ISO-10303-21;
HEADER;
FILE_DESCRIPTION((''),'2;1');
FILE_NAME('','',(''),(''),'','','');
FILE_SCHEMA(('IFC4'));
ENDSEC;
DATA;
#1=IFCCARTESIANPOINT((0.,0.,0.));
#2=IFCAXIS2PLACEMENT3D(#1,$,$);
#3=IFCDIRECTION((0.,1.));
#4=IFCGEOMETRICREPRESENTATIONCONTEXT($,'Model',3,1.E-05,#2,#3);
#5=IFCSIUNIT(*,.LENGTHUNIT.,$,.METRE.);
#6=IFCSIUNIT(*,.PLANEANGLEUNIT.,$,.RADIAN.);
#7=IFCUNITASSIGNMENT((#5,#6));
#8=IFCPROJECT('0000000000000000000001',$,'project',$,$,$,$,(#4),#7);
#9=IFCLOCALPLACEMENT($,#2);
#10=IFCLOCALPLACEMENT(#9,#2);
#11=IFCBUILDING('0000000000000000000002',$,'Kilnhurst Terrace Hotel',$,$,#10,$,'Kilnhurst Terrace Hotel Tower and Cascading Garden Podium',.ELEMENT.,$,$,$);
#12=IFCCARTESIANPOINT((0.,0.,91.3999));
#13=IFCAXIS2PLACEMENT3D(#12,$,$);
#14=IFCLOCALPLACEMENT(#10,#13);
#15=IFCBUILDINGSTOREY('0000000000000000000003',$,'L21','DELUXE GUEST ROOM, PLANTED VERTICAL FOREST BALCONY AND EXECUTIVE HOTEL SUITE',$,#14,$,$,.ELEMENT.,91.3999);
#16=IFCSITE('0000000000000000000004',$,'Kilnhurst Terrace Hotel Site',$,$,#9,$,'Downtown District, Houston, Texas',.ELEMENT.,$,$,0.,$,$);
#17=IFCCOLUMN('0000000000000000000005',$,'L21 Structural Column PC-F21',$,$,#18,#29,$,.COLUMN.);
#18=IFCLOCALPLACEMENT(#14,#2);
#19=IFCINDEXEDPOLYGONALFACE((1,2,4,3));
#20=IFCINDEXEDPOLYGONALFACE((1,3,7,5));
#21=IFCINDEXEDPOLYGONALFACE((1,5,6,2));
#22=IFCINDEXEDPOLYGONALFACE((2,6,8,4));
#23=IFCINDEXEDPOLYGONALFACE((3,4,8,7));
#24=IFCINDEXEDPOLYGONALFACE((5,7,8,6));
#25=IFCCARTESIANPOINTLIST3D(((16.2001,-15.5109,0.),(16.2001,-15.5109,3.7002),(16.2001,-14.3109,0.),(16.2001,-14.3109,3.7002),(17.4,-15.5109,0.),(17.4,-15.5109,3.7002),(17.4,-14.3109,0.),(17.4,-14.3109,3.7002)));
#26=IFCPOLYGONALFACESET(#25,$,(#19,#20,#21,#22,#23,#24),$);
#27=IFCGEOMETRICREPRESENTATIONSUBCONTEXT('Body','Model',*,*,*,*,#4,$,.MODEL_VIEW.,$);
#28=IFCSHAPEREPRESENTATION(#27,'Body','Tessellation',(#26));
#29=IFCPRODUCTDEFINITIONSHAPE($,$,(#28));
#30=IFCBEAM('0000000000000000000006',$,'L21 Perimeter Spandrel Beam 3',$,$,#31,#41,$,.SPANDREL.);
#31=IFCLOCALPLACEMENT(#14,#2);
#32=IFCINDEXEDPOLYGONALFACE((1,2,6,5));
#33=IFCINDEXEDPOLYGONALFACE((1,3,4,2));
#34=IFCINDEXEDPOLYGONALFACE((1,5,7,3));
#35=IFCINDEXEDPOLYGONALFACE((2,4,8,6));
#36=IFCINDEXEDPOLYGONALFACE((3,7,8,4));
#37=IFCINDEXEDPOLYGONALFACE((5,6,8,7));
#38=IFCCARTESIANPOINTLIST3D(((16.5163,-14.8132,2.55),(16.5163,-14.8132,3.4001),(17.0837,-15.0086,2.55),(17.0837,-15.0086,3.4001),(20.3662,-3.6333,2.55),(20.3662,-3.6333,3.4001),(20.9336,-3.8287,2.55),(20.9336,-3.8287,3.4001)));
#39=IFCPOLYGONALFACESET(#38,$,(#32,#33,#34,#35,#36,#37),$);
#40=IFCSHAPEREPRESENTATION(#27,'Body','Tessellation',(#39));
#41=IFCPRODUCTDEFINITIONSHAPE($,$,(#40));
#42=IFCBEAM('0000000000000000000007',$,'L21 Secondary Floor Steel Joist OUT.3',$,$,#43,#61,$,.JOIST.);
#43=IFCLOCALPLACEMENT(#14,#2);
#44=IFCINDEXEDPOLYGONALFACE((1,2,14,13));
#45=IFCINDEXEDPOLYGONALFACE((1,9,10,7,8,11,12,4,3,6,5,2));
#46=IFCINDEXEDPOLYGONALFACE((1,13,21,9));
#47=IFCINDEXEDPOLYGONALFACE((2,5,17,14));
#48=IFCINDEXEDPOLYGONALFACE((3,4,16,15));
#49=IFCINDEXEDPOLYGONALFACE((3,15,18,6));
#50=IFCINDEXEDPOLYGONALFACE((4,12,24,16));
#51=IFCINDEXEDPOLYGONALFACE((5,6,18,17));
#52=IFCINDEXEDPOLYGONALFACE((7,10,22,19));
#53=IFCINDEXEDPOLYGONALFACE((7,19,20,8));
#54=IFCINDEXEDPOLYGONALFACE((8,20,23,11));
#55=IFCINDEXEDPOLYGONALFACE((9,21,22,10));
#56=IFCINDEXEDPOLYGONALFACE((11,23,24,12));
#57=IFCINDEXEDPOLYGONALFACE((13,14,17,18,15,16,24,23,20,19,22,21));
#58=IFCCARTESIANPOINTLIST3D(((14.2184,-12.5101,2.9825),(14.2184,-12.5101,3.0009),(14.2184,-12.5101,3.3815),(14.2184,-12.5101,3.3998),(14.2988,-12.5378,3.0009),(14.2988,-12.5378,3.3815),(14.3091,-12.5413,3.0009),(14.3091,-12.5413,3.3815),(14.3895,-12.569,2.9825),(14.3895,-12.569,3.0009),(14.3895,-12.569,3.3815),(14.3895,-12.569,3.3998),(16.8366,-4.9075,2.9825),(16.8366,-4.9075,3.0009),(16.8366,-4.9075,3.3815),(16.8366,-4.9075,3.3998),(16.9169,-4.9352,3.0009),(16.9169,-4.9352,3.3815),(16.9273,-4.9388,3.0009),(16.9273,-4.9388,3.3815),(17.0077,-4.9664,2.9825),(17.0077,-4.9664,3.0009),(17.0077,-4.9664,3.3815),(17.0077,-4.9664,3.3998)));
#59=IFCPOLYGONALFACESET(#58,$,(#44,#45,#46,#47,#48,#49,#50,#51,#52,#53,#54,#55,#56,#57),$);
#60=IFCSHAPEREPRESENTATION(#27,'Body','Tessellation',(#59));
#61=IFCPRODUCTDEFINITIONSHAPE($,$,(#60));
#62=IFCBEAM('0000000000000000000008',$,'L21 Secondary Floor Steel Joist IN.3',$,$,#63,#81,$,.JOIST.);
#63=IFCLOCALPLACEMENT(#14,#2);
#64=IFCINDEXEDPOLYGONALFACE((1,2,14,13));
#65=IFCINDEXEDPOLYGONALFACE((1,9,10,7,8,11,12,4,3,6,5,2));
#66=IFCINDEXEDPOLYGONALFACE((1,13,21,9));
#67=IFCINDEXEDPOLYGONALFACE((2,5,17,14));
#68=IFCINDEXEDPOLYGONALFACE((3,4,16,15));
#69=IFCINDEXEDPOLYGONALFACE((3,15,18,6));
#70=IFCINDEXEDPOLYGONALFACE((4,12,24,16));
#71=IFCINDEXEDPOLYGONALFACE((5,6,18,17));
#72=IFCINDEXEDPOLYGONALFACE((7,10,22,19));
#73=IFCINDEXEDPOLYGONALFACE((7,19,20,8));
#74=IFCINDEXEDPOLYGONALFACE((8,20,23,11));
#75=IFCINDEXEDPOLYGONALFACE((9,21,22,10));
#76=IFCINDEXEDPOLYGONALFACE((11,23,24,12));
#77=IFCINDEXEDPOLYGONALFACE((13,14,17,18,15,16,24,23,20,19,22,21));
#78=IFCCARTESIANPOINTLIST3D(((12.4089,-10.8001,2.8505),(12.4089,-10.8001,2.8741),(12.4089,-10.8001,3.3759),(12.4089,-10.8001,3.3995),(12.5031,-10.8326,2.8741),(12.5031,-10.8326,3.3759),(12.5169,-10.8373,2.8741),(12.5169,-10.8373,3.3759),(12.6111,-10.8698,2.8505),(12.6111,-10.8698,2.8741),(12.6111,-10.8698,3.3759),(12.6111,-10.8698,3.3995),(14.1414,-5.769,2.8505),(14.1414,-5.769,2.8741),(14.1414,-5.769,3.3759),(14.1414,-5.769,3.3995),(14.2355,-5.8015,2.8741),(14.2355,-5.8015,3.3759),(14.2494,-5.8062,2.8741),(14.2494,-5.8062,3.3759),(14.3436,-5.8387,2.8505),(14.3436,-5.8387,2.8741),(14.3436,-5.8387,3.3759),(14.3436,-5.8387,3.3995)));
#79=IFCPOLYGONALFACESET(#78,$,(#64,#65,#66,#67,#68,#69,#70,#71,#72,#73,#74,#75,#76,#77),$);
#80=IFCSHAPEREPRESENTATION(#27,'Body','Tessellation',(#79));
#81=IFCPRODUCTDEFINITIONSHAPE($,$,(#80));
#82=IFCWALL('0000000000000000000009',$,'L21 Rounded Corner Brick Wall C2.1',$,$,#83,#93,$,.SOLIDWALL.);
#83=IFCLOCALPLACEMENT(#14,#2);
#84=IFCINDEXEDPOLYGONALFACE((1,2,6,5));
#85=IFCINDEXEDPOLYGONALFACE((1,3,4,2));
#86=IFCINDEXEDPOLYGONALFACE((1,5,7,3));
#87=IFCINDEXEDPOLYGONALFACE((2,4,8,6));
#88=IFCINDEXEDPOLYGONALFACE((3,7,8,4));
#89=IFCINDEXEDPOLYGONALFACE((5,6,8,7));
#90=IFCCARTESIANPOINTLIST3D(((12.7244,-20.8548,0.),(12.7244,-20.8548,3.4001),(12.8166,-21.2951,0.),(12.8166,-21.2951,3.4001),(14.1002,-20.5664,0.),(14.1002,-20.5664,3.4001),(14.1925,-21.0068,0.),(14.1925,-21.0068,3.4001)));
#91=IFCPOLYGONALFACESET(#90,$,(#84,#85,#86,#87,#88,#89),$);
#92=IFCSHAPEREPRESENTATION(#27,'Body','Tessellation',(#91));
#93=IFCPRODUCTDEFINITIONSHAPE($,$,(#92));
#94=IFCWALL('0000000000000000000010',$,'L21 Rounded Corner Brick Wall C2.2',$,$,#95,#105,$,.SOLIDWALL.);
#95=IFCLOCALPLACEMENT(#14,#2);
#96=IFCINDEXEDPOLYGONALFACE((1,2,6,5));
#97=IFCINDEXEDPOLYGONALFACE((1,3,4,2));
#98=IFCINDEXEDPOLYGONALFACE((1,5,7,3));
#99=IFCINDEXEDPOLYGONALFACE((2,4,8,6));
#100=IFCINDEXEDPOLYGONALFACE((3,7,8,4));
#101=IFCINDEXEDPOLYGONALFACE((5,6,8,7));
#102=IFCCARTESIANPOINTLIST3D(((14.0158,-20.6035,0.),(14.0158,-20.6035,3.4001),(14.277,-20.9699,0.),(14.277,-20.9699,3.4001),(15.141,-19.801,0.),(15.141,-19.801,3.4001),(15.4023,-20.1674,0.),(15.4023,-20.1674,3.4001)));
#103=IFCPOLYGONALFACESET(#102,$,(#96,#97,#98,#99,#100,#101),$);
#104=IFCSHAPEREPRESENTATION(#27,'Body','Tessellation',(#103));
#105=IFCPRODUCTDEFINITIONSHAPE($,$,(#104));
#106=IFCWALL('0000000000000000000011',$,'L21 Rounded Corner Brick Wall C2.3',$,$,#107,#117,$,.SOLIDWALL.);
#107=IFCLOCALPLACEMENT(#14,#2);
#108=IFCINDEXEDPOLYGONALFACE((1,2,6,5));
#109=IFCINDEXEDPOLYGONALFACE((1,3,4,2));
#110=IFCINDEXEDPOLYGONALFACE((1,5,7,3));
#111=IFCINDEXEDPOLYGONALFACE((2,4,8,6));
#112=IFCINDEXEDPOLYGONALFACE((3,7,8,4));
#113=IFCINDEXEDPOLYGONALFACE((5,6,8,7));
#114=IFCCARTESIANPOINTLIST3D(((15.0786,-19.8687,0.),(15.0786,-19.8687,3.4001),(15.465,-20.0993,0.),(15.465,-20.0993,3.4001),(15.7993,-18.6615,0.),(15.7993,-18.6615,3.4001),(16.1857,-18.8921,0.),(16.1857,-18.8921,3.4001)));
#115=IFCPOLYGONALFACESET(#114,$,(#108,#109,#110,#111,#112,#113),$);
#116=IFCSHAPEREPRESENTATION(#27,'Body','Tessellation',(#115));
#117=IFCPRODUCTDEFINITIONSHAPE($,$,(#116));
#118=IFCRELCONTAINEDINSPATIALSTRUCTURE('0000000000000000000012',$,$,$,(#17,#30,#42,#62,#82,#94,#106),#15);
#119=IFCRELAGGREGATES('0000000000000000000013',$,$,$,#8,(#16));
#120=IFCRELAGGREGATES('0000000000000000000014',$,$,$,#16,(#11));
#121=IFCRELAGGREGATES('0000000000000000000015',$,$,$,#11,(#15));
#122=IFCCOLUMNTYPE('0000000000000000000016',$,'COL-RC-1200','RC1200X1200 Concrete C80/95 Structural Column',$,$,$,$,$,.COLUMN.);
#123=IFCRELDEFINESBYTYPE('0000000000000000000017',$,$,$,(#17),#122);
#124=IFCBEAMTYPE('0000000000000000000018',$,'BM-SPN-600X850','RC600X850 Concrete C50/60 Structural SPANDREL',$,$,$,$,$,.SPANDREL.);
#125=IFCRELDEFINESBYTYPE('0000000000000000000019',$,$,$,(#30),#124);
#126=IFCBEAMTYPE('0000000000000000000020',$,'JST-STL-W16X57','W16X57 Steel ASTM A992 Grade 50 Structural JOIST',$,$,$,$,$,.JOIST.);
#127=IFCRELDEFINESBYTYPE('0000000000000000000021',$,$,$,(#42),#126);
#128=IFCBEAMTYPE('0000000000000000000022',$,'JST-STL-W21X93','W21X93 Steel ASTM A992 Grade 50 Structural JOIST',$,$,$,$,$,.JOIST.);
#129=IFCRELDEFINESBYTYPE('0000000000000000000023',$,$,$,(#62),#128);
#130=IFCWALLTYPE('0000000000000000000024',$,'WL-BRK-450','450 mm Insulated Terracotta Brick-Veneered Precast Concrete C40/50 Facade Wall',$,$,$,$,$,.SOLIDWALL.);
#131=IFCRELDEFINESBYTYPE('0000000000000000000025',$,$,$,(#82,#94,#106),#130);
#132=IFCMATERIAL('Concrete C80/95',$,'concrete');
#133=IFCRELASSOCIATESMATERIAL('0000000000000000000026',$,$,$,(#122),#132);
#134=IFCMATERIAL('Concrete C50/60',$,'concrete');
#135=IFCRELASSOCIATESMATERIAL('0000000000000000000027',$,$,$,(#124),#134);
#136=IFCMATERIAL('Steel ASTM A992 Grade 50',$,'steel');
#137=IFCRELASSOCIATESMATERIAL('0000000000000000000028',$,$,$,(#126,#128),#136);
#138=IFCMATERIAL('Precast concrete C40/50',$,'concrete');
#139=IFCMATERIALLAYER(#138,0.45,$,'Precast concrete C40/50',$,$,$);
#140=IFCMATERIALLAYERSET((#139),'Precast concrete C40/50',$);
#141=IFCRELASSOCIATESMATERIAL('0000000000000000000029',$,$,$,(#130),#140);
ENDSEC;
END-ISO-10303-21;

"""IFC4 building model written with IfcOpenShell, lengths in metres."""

from ifc_helpers import new_model, si_unit, direction, frame, frame_2d, origin, origin_2d, place, context, subcontext, project, spatial, rectangle, i_section, extrude, material, layer, layer_set, material_profile, profile_set, type_object, element, save


model = new_model("IFC4")

# Units and contexts
model_context = context("Model", 3, precision=1e-05, world=origin(), true_north=direction((0.0, 1.0)))
body_context = subcontext(model_context, "Body", "Model", "MODEL_VIEW")
ifc_project = project(units=[si_unit("LENGTHUNIT", "METRE"), si_unit("PLANEANGLEUNIT", "RADIAN")], contexts=[model_context])

# Site, building, storey
site_placement = place(None, origin())
site = spatial("IfcSite", under=ifc_project, at=site_placement, Name="Kilnhurst Terrace Hotel Site", LongName="Downtown District, Houston, Texas", CompositionType="ELEMENT", RefElevation=0.0)
building_placement = place(site_placement, origin())
building = spatial("IfcBuilding", under=site, at=building_placement, Name="Kilnhurst Terrace Hotel", LongName="Kilnhurst Terrace Hotel Tower and Cascading Garden Podium", CompositionType="ELEMENT")
storey_placement = place(building_placement, frame((0.0, 0.0, 91.3999)))
storey = spatial("IfcBuildingStorey", under=building, at=storey_placement, Name="L21", Description="DELUXE GUEST ROOM, PLANTED VERTICAL FOREST BALCONY AND EXECUTIVE HOTEL SUITE", CompositionType="ELEMENT", Elevation=91.3999)

# Column
ifc_material_1 = material(Name="Concrete C80/95", Category="concrete")
ifc_material_profile_1 = material_profile(ifc_material_1, rectangle(XDim=1.2, YDim=1.2, at=origin_2d()), Name="RC1200X1200")
ifc_profile_set_1 = profile_set([ifc_material_profile_1], Name="Concrete C80/95")
column_type = type_object("IfcColumnType", Name="COL-RC-1200", Description="RC1200X1200 Concrete C80/95 Structural Column", PredefinedType="COLUMN", material=ifc_profile_set_1)
column_placement = place(storey_placement, frame((16.8, -14.9109, 0.0), z_axis=(0.0, 0.0, 1.0), x_axis=(1.0, 0.0, 0.0)))
element("IfcColumn", 1, at=column_placement, inside=storey, type_object=column_type, Name="L21 Structural Column PC-F21", PredefinedType="COLUMN", context=body_context, shape_type="SweptSolid", body=[
    extrude(rectangle(XDim=1.2, YDim=1.2, at=origin_2d()), origin(), (0.0, 0.0, 1.0), 3.7002),
])

# Beams
ifc_material_2 = material(Name="Concrete C50/60", Category="concrete")
ifc_material_profile_2 = material_profile(ifc_material_2, rectangle(XDim=0.6001, YDim=0.8501, at=origin_2d()), Name="RC600X850")
ifc_profile_set_2 = profile_set([ifc_material_profile_2], Name="Concrete C50/60")
beam_type_1 = type_object("IfcBeamType", Name="BM-SPN-600X850", Description="RC600X850 Concrete C50/60 Structural SPANDREL", PredefinedType="SPANDREL", material=ifc_profile_set_2)
beam_1_placement = place(storey_placement, frame((16.8, -14.9109, 2.9751), z_axis=(0.32559, 0.945511, 0.0), x_axis=(-0.945511, 0.32559, 0.0)))
element("IfcBeam", 2, at=beam_1_placement, inside=storey, type_object=beam_type_1, Name="L21 Perimeter Spandrel Beam 3", PredefinedType="SPANDREL", context=body_context, shape_type="SweptSolid", body=[
    extrude(rectangle(XDim=0.6001, YDim=0.8501, at=origin_2d()), origin(), (0.0, 0.0, 1.0), 11.8242),
])
ifc_material_3 = material(Name="Steel ASTM A992 Grade 50", Category="steel")
ifc_material_profile_3 = material_profile(ifc_material_3, i_section(OverallWidth=0.1809, OverallDepth=0.4172, WebThickness=0.011, FlangeThickness=0.0183, at=origin_2d()), Name="W16X57")
ifc_profile_set_3 = profile_set([ifc_material_profile_3], Name="Steel ASTM A992 Grade 50")
beam_type_2 = type_object("IfcBeamType", Name="JST-STL-W16X57", Description="W16X57 Steel ASTM A992 Grade 50 Structural JOIST", PredefinedType="JOIST", material=ifc_profile_set_3)
beam_2_placement = place(storey_placement, frame((14.304, -12.5396, 3.1912), z_axis=(0.325613, 0.945503, 0.0), x_axis=(-0.945503, 0.325613, 0.0)))
element("IfcBeam", 3, at=beam_2_placement, inside=storey, type_object=beam_type_2, Name="L21 Secondary Floor Steel Joist OUT.3", PredefinedType="JOIST", context=body_context, shape_type="SweptSolid", body=[
    extrude(i_section(OverallWidth=0.1809, OverallDepth=0.4172, WebThickness=0.011, FlangeThickness=0.0183, at=origin_2d()), origin(), (0.0, 0.0, 1.0), 8.0408),
])
ifc_material_profile_4 = material_profile(ifc_material_3, i_section(OverallWidth=0.2139, OverallDepth=0.5491, WebThickness=0.0146, FlangeThickness=0.0237, at=origin_2d()), Name="W21X93")
ifc_profile_set_4 = profile_set([ifc_material_profile_4], Name="Steel ASTM A992 Grade 50")
beam_type_3 = type_object("IfcBeamType", Name="JST-STL-W21X93", Description="W21X93 Steel ASTM A992 Grade 50 Structural JOIST", PredefinedType="JOIST", material=ifc_profile_set_4)
beam_3_placement = place(storey_placement, frame((12.51, -10.835, 3.125), z_axis=(0.325586, 0.945512, 0.0), x_axis=(-0.945512, 0.325586, 0.0)))
element("IfcBeam", 4, at=beam_3_placement, inside=storey, type_object=beam_type_3, Name="L21 Secondary Floor Steel Joist IN.3", PredefinedType="JOIST", context=body_context, shape_type="SweptSolid", body=[
    extrude(i_section(OverallWidth=0.2139, OverallDepth=0.5491, WebThickness=0.0146, FlangeThickness=0.0237, at=origin_2d()), origin(), (0.0, 0.0, 1.0), 5.321),
])

# Walls
ifc_material_4 = material(Name="Precast concrete C40/50", Category="concrete")
ifc_layer_1 = layer(ifc_material_4, 0.45, Name="Precast concrete C40/50")
ifc_layer_set_1 = layer_set([ifc_layer_1], Name="Precast concrete C40/50")
wall_type_1 = type_object("IfcWallType", Name="WL-BRK-450", Description="450 mm Insulated Terracotta Brick-Veneered Precast Concrete C40/50 Facade Wall", PredefinedType="SOLIDWALL", material=ifc_layer_set_1)
wall_1_placement = place(storey_placement, frame((12.7705, -21.075, 0.0), z_axis=(0.0, 0.0, 1.0), x_axis=(0.978743, 0.205091, 0.0)))
element("IfcWall", 5, at=wall_1_placement, inside=storey, type_object=wall_type_1, Name="L21 Rounded Corner Brick Wall C2.1", PredefinedType="SOLIDWALL", context=body_context, shape_type="SweptSolid", body=[
    extrude(rectangle(XDim=1.4058, YDim=0.45, at=frame_2d((0.7029, 0.0))), origin(), (0.0, 0.0, 1.0), 3.4001),
])
wall_2_placement = place(storey_placement, frame((14.1465, -20.7866, 0.0), z_axis=(0.0, 0.0, 1.0), x_axis=(0.814163, 0.580636, 0.0)))
element("IfcWall", 6, at=wall_2_placement, inside=storey, type_object=wall_type_1, Name="L21 Rounded Corner Brick Wall C2.2", PredefinedType="SOLIDWALL", context=body_context, shape_type="SweptSolid", body=[
    extrude(rectangle(XDim=1.3821, YDim=0.45, at=frame_2d((0.6909, 0.0))), origin(), (0.0, 0.0, 1.0), 3.4001),
])
wall_3_placement = place(storey_placement, frame((15.2717, -19.9841, 0.0), z_axis=(0.0, 0.0, 1.0), x_axis=(0.512579, 0.85864, 0.0)))
element("IfcWall", 7, at=wall_3_placement, inside=storey, type_object=wall_type_1, Name="L21 Rounded Corner Brick Wall C2.3", PredefinedType="SOLIDWALL", context=body_context, shape_type="SweptSolid", body=[
    extrude(rectangle(XDim=1.406, YDim=0.45, at=frame_2d((0.7031, 0.0))), origin(), (0.0, 0.0, 1.0), 3.4001),
])

save(model, "model.ifc")
